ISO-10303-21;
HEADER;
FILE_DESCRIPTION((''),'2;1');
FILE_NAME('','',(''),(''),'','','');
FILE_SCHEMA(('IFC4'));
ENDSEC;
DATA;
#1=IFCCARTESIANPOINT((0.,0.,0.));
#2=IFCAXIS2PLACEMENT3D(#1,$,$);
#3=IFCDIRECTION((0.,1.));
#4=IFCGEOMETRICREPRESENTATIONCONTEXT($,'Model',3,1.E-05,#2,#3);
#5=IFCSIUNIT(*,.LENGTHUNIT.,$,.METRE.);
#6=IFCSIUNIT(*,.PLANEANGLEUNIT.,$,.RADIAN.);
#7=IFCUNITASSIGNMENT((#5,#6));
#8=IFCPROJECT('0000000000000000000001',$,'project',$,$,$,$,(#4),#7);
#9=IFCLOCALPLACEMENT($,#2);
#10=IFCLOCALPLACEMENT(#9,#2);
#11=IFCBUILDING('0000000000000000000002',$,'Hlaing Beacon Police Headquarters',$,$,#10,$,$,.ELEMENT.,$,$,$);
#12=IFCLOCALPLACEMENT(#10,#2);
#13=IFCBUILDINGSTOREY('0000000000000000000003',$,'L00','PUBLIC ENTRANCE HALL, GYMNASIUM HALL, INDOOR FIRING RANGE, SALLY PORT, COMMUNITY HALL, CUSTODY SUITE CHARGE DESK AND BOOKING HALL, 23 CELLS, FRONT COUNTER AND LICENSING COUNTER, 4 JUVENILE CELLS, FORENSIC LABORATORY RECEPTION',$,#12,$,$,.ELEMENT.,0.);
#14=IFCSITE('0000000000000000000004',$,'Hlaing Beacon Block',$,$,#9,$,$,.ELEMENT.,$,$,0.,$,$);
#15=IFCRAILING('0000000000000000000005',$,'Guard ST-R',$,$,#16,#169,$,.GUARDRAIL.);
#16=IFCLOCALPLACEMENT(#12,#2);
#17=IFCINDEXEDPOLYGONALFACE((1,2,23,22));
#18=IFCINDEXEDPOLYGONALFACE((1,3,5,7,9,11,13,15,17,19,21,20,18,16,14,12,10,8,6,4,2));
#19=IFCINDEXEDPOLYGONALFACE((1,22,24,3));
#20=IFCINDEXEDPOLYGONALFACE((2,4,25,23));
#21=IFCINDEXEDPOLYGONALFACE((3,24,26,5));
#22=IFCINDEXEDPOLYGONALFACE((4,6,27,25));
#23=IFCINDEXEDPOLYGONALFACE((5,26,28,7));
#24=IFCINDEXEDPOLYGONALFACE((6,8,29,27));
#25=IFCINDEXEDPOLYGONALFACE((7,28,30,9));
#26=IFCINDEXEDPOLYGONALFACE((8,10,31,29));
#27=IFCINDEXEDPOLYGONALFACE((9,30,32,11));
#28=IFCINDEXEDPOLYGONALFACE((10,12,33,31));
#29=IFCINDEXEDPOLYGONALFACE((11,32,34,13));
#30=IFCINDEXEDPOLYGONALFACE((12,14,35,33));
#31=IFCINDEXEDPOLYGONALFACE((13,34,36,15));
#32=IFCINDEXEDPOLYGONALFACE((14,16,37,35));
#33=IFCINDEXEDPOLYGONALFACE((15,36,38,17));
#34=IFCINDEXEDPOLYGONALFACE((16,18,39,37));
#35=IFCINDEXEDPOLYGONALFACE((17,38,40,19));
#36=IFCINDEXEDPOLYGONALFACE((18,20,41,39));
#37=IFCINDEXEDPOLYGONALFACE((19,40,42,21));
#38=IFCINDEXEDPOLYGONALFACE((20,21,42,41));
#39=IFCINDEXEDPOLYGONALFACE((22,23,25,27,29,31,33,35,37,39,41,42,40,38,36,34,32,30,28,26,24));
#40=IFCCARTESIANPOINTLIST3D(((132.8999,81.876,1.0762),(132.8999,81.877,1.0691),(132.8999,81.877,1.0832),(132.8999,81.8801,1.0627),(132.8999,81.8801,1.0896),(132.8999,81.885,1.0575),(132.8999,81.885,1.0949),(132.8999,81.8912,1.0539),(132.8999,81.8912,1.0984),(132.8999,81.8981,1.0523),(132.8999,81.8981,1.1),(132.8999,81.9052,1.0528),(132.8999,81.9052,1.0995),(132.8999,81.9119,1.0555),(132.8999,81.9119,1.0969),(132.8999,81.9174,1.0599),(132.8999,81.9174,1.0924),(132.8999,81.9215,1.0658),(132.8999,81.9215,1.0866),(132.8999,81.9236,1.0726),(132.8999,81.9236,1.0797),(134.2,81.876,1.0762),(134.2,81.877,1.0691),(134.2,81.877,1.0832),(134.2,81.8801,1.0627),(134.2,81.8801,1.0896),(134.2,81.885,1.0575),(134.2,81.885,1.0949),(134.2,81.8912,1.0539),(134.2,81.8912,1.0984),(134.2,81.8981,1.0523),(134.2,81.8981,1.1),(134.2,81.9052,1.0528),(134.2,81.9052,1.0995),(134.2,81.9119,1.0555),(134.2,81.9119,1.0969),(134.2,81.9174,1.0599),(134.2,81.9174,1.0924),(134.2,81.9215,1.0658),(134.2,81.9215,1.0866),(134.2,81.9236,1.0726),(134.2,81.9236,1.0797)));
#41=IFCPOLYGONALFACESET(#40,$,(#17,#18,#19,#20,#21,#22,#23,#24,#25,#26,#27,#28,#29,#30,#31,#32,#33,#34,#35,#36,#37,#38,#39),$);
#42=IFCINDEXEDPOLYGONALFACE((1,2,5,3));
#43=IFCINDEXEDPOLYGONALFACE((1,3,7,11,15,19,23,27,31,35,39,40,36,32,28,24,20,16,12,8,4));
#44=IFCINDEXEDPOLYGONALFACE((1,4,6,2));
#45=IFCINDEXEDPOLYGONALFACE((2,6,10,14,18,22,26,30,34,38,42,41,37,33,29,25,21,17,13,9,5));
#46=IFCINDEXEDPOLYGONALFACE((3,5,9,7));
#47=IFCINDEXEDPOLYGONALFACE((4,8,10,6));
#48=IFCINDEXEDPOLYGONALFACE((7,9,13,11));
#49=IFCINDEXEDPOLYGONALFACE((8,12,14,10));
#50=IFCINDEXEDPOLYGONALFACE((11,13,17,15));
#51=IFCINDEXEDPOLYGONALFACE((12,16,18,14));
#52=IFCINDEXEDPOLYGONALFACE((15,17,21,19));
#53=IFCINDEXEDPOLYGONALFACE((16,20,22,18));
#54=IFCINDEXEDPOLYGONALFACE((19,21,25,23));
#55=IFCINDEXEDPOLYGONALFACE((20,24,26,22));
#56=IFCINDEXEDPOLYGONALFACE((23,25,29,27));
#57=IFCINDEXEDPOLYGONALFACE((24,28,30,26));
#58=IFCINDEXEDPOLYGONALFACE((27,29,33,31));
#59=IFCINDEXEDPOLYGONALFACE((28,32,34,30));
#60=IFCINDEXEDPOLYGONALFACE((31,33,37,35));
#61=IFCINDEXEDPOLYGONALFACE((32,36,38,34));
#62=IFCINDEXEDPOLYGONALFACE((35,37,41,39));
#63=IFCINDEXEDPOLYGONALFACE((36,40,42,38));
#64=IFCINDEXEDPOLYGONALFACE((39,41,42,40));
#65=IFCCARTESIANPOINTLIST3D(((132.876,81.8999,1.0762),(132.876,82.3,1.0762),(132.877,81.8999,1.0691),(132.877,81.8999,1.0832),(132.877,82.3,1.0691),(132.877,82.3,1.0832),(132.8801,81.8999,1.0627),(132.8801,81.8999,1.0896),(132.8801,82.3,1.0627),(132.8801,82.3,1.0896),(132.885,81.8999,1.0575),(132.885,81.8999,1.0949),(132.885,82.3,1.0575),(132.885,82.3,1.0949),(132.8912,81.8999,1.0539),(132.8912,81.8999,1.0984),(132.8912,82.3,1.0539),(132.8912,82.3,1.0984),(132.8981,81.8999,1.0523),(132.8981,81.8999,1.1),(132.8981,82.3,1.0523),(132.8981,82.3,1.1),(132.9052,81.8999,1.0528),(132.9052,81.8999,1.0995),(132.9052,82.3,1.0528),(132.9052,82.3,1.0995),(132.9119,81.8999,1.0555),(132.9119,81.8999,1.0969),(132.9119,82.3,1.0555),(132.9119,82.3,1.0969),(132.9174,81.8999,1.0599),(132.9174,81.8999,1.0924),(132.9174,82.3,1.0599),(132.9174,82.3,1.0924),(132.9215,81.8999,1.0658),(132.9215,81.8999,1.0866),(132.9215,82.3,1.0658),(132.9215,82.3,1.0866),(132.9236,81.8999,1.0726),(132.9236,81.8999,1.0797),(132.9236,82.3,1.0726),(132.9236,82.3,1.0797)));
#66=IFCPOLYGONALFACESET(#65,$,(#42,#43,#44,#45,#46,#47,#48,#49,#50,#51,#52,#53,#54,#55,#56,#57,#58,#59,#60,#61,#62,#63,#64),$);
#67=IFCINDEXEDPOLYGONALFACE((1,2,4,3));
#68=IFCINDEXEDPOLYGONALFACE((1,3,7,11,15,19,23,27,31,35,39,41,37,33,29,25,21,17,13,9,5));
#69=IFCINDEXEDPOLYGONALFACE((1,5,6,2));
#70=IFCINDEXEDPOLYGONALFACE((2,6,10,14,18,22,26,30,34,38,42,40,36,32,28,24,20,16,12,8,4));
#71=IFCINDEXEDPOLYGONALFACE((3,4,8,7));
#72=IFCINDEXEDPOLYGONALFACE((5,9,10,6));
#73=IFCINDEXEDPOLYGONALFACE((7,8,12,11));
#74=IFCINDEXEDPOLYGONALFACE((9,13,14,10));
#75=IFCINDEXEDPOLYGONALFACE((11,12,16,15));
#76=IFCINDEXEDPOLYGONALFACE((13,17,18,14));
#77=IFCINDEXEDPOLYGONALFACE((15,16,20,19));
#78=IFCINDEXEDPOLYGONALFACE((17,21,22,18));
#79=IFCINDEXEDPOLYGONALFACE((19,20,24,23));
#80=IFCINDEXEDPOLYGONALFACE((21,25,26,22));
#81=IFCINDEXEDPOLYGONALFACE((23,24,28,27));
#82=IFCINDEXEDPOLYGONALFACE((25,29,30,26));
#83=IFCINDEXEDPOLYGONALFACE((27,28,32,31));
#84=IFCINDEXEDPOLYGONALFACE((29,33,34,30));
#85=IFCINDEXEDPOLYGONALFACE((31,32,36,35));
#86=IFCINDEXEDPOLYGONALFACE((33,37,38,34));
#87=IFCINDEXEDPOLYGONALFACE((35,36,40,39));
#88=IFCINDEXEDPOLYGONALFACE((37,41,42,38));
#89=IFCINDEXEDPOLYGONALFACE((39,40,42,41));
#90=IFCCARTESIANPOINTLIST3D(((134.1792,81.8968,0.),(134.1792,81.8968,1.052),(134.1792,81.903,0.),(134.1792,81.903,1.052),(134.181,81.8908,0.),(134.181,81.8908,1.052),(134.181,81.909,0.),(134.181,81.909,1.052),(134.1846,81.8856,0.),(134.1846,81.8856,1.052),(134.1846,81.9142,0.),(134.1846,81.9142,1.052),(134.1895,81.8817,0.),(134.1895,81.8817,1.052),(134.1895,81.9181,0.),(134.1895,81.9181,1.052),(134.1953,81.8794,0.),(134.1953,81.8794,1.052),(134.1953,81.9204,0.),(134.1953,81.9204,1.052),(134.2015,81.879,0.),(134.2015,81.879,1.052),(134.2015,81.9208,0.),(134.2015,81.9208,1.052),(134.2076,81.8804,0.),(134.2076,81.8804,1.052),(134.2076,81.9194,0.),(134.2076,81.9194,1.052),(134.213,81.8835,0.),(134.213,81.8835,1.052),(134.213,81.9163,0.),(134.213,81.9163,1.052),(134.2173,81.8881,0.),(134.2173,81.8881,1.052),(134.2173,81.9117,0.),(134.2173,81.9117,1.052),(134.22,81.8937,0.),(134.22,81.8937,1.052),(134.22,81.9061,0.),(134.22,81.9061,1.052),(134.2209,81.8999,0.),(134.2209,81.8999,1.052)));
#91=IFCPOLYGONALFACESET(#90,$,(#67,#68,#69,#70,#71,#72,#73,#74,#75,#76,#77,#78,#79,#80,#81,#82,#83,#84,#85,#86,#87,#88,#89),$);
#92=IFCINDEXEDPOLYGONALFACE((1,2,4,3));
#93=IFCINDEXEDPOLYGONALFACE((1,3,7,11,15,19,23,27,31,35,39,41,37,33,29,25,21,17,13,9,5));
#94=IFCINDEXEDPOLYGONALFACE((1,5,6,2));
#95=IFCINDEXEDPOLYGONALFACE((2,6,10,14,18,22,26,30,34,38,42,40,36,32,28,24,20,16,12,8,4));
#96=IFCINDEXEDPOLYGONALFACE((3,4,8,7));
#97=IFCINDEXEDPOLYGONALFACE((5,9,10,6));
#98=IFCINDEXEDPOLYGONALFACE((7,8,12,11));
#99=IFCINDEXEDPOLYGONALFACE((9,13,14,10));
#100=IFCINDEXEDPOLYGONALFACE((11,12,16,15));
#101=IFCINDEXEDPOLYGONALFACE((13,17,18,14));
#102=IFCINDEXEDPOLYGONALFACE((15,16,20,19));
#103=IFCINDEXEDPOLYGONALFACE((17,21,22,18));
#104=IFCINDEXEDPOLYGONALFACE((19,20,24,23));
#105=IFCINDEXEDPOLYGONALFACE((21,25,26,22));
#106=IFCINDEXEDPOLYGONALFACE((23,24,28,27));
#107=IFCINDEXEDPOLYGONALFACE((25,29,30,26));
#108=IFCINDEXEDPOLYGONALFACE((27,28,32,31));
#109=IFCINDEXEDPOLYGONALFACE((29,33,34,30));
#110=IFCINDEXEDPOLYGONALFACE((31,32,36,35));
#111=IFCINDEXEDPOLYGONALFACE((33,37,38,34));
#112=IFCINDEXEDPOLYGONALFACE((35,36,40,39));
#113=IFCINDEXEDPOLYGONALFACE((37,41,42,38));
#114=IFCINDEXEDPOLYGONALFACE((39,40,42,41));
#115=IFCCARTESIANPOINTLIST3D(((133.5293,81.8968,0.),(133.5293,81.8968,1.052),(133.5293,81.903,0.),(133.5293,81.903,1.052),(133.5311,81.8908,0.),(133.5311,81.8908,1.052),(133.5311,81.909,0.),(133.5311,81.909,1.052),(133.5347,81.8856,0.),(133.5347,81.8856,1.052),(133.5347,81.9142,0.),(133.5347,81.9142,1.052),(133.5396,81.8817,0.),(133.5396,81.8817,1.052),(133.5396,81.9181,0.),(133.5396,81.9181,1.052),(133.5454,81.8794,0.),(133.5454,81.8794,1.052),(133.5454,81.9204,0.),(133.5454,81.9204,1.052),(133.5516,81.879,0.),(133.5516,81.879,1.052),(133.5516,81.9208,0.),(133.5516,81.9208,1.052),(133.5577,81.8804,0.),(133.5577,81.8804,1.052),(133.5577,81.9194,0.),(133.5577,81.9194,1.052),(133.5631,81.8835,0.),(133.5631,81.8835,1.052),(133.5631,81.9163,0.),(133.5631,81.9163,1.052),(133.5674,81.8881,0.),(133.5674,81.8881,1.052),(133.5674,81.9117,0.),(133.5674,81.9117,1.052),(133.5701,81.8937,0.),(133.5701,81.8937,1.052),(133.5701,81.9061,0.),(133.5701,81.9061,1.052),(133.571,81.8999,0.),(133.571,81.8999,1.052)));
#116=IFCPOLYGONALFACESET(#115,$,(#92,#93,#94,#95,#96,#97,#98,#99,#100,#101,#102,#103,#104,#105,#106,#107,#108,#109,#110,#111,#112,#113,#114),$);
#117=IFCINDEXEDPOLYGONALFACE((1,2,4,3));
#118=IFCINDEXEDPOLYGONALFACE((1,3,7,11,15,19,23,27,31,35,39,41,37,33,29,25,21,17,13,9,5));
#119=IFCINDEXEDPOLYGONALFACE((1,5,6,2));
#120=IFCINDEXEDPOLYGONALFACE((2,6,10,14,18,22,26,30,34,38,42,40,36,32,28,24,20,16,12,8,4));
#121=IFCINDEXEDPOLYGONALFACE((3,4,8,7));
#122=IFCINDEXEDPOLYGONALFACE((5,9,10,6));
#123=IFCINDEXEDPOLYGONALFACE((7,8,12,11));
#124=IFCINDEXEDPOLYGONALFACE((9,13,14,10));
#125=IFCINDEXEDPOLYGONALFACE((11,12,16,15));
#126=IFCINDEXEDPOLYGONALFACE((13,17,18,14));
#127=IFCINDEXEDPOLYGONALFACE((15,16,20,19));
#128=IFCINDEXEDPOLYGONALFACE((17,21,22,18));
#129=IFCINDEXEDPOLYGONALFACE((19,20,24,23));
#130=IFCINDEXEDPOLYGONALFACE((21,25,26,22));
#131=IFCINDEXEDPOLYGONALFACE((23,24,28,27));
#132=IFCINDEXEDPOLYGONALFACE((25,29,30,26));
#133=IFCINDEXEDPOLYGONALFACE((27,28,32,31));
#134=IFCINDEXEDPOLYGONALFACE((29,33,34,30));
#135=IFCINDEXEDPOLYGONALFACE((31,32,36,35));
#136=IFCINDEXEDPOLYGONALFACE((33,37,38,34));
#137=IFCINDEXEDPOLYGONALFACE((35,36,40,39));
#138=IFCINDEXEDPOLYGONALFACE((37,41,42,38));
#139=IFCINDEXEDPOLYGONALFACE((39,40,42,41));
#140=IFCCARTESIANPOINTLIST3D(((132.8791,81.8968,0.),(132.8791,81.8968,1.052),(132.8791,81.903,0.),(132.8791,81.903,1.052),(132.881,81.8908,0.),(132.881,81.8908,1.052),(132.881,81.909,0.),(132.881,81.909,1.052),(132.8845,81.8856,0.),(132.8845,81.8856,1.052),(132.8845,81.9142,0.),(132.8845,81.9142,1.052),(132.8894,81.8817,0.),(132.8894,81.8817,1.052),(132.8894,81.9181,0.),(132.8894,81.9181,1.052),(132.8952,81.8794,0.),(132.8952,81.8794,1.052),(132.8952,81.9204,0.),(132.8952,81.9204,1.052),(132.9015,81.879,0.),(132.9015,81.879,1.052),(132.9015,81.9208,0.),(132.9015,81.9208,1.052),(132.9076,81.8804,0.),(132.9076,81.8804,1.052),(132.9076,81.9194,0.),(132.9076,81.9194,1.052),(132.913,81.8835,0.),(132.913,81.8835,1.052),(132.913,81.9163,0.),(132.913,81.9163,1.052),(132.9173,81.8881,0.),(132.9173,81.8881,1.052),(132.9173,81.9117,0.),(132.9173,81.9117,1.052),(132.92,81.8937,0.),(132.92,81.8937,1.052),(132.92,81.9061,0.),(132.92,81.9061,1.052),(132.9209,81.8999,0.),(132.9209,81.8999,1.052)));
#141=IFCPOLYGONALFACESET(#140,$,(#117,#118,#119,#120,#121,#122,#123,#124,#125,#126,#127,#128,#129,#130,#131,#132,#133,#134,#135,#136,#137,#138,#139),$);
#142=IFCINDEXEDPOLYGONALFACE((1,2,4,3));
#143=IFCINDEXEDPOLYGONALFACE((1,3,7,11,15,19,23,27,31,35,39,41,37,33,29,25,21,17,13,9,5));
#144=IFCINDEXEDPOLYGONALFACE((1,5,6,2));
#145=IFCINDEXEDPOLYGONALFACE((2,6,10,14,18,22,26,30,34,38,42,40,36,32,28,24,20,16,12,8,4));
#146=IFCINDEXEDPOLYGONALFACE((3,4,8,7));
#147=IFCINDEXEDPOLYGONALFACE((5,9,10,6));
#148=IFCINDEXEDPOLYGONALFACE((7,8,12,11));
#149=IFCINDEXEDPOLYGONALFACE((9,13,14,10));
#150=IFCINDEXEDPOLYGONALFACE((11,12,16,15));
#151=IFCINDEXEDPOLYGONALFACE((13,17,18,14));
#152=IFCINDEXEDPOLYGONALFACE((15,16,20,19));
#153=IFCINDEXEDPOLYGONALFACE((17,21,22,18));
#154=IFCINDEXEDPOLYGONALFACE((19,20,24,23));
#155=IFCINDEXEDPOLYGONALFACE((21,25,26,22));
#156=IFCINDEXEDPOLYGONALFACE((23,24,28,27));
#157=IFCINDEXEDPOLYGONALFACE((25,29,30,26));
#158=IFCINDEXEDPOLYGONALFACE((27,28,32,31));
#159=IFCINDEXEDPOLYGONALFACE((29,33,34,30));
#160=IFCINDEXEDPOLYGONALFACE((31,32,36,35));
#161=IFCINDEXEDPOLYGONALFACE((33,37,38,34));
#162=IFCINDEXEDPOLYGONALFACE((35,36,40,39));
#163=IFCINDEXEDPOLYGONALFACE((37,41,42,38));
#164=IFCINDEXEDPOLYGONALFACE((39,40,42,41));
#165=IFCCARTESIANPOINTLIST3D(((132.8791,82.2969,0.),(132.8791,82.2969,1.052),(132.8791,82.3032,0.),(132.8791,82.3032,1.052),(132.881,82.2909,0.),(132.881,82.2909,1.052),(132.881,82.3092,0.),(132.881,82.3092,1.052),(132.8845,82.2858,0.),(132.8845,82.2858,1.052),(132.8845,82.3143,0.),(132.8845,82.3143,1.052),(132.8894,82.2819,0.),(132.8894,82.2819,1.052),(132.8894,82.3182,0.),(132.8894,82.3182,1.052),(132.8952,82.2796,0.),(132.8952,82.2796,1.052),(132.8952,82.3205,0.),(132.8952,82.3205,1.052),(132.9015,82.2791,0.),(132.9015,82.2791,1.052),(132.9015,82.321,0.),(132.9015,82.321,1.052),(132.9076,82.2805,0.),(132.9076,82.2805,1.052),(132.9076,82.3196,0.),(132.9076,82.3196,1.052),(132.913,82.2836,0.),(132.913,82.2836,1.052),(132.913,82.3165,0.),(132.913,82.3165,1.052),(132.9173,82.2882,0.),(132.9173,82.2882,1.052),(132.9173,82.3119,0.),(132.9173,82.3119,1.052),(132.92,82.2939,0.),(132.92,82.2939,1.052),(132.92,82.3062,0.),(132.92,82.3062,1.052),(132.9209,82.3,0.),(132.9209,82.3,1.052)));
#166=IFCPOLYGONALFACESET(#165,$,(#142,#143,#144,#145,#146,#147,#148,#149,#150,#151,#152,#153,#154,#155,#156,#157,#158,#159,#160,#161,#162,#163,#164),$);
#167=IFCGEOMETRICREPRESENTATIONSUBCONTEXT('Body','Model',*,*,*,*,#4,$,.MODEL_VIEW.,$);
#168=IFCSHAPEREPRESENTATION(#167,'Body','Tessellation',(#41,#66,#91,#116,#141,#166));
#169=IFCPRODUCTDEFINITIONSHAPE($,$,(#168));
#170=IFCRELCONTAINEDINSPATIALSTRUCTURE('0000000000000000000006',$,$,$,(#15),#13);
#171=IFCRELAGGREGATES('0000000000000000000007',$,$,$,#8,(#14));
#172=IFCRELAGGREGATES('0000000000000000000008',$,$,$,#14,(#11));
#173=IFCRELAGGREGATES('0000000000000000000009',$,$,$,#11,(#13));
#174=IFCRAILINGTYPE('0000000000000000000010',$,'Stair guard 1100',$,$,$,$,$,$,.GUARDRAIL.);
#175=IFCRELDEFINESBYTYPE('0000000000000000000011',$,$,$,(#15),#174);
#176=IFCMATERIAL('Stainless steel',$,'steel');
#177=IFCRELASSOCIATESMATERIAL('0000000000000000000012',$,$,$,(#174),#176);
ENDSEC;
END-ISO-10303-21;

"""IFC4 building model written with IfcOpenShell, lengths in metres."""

from ifc_helpers import new_model, si_unit, direction, frame, origin, origin_2d, place, context, subcontext, project, spatial, circle, extrude, material, type_object, element, save


model = new_model("IFC4")

# Units and contexts
model_context = context("Model", 3, precision=1e-05, world=origin(), true_north=direction((0.0, 1.0)))
body_context = subcontext(model_context, "Body", "Model", "MODEL_VIEW")
ifc_project = project(units=[si_unit("LENGTHUNIT", "METRE"), si_unit("PLANEANGLEUNIT", "RADIAN")], contexts=[model_context])

# Site, building, storey
site_placement = place(None, origin())
site = spatial("IfcSite", under=ifc_project, at=site_placement, Name="Hlaing Beacon Block", CompositionType="ELEMENT", RefElevation=0.0)
building_placement = place(site_placement, origin())
building = spatial("IfcBuilding", under=site, at=building_placement, Name="Hlaing Beacon Police Headquarters", CompositionType="ELEMENT")
storey_placement = place(building_placement, origin())
storey = spatial("IfcBuildingStorey", under=building, at=storey_placement, Name="L00", Description="PUBLIC ENTRANCE HALL, GYMNASIUM HALL, INDOOR FIRING RANGE, SALLY PORT, COMMUNITY HALL, CUSTODY SUITE CHARGE DESK AND BOOKING HALL, 23 CELLS, FRONT COUNTER AND LICENSING COUNTER, 4 JUVENILE CELLS, FORENSIC LABORATORY RECEPTION", CompositionType="ELEMENT", Elevation=0.0)

# Railing
ifc_material_1 = material(Name="Stainless steel", Category="steel")
railing_type_1 = type_object("IfcRailingType", Name="Stair guard 1100", PredefinedType="GUARDRAIL", material=ifc_material_1)
railing_placement = place(storey_placement, frame((134.2, 81.8999, 0.0)))
element("IfcRailing", 1, at=railing_placement, inside=storey, type_object=railing_type_1, Name="Guard ST-R", PredefinedType="GUARDRAIL", context=body_context, shape_type="SweptSolid", body=[
    extrude(circle(Radius=0.0239, at=origin_2d()), frame((0.0, 0.0, 1.0762), z_axis=(-1.0, 0.0, 0.0), x_axis=(0.0, -1.0, 0.0)), (0.0, 0.0, 1.0), 1.3),
    extrude(circle(Radius=0.0239, at=origin_2d()), frame((-1.3, 0.0, 1.0762), z_axis=(0.0, 1.0, 0.0), x_axis=(-1.0, 0.0, 0.0)), (0.0, 0.0, 1.0), 0.4001),
    extrude(circle(Radius=0.021, at=origin_2d()), origin(), (0.0, 0.0, 1.0), 1.052),
    extrude(circle(Radius=0.021, at=origin_2d()), frame((-0.6499, 0.0, 0.0)), (0.0, 0.0, 1.0), 1.052),
    extrude(circle(Radius=0.021, at=origin_2d()), frame((-1.3, 0.0, 0.0)), (0.0, 0.0, 1.0), 1.052),
    extrude(circle(Radius=0.021, at=origin_2d()), frame((-1.3, 0.4001, 0.0)), (0.0, 0.0, 1.0), 1.052),
])

save(model, "model.ifc")
